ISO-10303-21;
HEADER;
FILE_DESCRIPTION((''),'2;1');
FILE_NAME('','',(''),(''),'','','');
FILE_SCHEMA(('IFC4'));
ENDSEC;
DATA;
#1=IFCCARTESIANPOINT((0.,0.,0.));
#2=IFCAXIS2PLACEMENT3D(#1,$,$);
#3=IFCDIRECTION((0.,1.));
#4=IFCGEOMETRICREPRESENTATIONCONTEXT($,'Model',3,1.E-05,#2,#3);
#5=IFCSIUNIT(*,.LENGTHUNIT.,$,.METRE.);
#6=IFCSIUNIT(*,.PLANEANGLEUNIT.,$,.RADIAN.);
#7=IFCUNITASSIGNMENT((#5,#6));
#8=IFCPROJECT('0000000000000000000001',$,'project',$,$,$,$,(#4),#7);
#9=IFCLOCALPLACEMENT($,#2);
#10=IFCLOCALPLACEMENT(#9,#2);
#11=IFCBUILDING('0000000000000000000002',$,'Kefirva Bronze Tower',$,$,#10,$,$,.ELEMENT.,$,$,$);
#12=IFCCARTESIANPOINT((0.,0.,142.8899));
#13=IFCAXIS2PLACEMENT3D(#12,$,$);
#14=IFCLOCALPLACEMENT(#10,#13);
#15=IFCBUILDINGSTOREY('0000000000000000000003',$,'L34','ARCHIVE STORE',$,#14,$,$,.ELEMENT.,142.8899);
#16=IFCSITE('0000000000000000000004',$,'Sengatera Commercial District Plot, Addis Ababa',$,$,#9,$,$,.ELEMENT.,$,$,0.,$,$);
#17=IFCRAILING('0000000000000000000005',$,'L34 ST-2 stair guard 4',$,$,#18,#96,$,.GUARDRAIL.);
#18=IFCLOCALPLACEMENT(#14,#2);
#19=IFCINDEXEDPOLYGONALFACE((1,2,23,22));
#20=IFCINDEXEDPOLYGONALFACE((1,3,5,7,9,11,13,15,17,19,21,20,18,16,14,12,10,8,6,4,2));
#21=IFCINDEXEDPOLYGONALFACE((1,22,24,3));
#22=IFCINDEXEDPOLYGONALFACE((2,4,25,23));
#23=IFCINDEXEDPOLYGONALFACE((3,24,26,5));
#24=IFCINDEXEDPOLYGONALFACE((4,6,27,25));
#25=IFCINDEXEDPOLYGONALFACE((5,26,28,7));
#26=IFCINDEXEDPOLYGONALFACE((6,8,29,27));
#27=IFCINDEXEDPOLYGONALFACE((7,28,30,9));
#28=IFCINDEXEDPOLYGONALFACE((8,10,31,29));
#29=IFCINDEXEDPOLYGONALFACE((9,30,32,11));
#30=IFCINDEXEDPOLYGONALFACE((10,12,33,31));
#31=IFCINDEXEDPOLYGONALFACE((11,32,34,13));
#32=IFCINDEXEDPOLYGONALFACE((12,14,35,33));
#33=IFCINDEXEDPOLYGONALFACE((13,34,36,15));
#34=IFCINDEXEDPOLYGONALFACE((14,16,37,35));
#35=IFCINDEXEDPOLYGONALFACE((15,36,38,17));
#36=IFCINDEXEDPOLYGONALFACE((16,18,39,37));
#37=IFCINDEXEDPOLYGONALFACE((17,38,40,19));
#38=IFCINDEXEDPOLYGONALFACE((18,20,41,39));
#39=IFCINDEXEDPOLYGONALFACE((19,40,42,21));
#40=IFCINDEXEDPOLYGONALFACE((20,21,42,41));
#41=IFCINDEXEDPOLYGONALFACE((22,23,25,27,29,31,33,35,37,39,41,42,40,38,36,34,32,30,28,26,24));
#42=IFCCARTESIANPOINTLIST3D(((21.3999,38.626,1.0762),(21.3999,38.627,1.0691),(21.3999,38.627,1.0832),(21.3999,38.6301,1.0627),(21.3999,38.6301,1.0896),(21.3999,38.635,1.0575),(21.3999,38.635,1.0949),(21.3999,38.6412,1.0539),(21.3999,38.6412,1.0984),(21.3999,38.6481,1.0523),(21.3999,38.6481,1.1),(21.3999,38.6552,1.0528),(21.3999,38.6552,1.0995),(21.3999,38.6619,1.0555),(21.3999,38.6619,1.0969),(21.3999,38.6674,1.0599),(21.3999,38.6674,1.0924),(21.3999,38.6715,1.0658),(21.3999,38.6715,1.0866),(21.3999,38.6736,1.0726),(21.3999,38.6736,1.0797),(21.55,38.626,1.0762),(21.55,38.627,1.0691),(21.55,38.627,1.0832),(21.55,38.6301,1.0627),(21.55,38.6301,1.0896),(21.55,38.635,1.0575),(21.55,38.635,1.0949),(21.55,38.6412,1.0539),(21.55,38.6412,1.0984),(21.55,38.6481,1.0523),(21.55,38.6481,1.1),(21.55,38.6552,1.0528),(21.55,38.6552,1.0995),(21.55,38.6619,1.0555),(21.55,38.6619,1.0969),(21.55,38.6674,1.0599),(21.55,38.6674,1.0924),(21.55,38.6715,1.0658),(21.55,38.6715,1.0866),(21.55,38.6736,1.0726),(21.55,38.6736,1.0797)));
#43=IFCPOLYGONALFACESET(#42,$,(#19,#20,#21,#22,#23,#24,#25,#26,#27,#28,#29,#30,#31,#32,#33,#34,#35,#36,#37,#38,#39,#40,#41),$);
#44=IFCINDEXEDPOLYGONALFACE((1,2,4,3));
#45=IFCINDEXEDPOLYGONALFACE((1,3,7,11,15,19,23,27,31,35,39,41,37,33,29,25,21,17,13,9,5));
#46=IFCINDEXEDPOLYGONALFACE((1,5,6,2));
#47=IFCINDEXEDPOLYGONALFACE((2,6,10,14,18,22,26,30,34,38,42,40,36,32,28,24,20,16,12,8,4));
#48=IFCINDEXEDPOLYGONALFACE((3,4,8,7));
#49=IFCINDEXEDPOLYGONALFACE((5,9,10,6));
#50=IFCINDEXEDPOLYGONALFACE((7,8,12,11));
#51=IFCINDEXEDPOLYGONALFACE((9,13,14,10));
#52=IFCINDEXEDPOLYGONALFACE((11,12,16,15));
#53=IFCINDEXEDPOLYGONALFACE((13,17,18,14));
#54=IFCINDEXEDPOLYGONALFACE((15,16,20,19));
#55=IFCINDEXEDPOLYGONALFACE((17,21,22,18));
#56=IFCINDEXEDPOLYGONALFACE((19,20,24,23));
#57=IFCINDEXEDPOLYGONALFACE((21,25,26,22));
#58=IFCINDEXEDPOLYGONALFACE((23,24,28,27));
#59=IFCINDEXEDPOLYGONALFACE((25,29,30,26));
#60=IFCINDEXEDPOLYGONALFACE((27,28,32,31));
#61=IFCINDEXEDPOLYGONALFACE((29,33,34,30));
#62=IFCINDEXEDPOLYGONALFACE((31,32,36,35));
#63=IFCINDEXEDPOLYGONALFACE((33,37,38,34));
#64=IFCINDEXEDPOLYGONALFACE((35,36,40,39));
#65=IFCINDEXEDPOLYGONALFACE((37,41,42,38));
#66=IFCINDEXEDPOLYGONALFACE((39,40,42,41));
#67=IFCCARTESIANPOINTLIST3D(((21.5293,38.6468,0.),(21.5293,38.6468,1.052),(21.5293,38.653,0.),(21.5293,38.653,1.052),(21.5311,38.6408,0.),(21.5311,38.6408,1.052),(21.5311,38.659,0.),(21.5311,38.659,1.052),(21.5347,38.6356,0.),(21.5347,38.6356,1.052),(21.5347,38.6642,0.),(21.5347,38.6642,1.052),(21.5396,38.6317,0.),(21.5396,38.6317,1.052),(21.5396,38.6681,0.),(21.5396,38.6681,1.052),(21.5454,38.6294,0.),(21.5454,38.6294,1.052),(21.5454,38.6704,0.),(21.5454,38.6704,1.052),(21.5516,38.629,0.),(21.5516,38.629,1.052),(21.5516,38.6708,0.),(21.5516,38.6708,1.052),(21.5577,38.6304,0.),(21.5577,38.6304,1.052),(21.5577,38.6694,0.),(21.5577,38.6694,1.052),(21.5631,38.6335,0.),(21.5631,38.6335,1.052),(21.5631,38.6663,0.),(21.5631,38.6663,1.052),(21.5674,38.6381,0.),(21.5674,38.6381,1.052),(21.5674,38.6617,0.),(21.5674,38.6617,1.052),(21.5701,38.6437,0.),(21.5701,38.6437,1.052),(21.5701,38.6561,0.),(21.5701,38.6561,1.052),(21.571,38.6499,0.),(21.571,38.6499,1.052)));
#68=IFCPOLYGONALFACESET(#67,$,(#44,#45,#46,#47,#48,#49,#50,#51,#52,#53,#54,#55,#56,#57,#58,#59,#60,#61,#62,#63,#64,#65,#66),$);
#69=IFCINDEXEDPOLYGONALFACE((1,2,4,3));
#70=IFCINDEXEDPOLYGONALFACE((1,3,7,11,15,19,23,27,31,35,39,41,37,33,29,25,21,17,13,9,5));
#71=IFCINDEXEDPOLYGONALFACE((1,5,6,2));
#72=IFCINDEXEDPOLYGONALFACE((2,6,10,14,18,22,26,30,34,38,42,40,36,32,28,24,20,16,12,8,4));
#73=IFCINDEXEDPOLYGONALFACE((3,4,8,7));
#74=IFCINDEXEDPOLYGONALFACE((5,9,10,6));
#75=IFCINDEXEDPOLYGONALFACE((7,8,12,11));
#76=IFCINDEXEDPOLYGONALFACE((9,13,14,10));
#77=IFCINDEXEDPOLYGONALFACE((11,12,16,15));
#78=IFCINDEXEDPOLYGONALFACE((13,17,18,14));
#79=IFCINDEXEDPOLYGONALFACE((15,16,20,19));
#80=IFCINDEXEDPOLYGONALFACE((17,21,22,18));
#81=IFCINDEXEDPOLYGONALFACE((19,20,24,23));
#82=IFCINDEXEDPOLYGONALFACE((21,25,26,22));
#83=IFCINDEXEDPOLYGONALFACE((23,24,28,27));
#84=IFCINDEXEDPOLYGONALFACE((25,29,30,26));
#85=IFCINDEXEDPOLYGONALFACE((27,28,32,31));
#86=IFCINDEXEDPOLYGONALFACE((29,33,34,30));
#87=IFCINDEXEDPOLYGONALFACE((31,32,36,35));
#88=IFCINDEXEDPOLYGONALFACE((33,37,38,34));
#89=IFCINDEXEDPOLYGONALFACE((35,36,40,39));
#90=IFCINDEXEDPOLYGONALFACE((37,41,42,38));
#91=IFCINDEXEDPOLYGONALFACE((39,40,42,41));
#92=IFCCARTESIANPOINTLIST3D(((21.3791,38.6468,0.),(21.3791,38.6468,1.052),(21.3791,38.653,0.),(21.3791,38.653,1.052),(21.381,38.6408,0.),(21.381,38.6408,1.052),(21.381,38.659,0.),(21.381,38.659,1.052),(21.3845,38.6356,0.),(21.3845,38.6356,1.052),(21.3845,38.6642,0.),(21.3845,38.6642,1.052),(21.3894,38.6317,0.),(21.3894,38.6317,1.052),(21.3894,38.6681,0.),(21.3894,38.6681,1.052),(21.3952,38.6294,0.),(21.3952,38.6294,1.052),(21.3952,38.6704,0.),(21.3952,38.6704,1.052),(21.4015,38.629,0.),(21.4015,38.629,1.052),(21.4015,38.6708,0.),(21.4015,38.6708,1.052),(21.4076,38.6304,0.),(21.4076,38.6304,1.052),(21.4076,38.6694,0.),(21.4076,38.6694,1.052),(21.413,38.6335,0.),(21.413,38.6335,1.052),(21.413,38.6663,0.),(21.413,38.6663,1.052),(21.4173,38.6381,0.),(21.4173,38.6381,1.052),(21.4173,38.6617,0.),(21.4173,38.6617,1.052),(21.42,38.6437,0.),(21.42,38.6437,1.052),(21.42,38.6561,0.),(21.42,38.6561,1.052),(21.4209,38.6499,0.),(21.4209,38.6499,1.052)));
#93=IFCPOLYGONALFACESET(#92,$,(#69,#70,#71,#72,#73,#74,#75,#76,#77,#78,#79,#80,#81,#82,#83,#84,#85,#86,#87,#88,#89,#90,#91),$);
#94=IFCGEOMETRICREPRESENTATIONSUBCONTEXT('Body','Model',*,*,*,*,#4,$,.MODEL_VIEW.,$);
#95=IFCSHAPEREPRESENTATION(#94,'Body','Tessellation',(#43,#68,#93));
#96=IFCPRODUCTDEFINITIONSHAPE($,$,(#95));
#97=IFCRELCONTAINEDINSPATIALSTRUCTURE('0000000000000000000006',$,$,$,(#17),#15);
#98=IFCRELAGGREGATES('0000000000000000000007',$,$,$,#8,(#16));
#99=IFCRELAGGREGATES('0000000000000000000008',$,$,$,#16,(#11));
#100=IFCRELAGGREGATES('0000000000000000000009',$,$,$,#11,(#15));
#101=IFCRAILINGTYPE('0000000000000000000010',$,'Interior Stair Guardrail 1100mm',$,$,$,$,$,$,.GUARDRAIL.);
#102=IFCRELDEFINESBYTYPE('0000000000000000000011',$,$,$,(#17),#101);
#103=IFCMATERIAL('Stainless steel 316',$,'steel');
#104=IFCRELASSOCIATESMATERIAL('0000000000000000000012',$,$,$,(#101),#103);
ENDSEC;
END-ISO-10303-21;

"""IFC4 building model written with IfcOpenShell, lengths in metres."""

from ifc_helpers import new_model, si_unit, direction, frame, origin, origin_2d, place, context, subcontext, project, spatial, circle, extrude, material, type_object, element, save


model = new_model("IFC4")

# Units and contexts
model_context = context("Model", 3, precision=1e-05, world=origin(), true_north=direction((0.0, 1.0)))
body_context = subcontext(model_context, "Body", "Model", "MODEL_VIEW")
ifc_project = project(units=[si_unit("LENGTHUNIT", "METRE"), si_unit("PLANEANGLEUNIT", "RADIAN")], contexts=[model_context])

# Site, building, storey
site_placement = place(None, origin())
site = spatial("IfcSite", under=ifc_project, at=site_placement, Name="Sengatera Commercial District Plot, Addis Ababa", CompositionType="ELEMENT", RefElevation=0.0)
building_placement = place(site_placement, origin())
building = spatial("IfcBuilding", under=site, at=building_placement, Name="Kefirva Bronze Tower", CompositionType="ELEMENT")
storey_placement = place(building_placement, frame((0.0, 0.0, 142.8899)))
storey = spatial("IfcBuildingStorey", under=building, at=storey_placement, Name="L34", Description="ARCHIVE STORE", CompositionType="ELEMENT", Elevation=142.8899)

# Railing
ifc_material_1 = material(Name="Stainless steel 316", Category="steel")
railing_type_1 = type_object("IfcRailingType", Name="Interior Stair Guardrail 1100mm", PredefinedType="GUARDRAIL", material=ifc_material_1)
railing_1_placement = place(storey_placement, frame((21.55, 38.6499, 0.0)))
element("IfcRailing", 1, at=railing_1_placement, inside=storey, type_object=railing_type_1, Name="L34 ST-2 stair guard 4", PredefinedType="GUARDRAIL", context=body_context, shape_type="SweptSolid", body=[
    extrude(circle(Radius=0.0239, at=origin_2d()), frame((0.0, 0.0, 1.0762), z_axis=(-1.0, 0.0, 0.0), x_axis=(0.0, -1.0, 0.0)), (0.0, 0.0, 1.0), 0.1501),
    extrude(circle(Radius=0.021, at=origin_2d()), origin(), (0.0, 0.0, 1.0), 1.052),
    extrude(circle(Radius=0.021, at=origin_2d()), frame((-0.1501, 0.0, 0.0)), (0.0, 0.0, 1.0), 1.052),
])

save(model, "model.ifc")
